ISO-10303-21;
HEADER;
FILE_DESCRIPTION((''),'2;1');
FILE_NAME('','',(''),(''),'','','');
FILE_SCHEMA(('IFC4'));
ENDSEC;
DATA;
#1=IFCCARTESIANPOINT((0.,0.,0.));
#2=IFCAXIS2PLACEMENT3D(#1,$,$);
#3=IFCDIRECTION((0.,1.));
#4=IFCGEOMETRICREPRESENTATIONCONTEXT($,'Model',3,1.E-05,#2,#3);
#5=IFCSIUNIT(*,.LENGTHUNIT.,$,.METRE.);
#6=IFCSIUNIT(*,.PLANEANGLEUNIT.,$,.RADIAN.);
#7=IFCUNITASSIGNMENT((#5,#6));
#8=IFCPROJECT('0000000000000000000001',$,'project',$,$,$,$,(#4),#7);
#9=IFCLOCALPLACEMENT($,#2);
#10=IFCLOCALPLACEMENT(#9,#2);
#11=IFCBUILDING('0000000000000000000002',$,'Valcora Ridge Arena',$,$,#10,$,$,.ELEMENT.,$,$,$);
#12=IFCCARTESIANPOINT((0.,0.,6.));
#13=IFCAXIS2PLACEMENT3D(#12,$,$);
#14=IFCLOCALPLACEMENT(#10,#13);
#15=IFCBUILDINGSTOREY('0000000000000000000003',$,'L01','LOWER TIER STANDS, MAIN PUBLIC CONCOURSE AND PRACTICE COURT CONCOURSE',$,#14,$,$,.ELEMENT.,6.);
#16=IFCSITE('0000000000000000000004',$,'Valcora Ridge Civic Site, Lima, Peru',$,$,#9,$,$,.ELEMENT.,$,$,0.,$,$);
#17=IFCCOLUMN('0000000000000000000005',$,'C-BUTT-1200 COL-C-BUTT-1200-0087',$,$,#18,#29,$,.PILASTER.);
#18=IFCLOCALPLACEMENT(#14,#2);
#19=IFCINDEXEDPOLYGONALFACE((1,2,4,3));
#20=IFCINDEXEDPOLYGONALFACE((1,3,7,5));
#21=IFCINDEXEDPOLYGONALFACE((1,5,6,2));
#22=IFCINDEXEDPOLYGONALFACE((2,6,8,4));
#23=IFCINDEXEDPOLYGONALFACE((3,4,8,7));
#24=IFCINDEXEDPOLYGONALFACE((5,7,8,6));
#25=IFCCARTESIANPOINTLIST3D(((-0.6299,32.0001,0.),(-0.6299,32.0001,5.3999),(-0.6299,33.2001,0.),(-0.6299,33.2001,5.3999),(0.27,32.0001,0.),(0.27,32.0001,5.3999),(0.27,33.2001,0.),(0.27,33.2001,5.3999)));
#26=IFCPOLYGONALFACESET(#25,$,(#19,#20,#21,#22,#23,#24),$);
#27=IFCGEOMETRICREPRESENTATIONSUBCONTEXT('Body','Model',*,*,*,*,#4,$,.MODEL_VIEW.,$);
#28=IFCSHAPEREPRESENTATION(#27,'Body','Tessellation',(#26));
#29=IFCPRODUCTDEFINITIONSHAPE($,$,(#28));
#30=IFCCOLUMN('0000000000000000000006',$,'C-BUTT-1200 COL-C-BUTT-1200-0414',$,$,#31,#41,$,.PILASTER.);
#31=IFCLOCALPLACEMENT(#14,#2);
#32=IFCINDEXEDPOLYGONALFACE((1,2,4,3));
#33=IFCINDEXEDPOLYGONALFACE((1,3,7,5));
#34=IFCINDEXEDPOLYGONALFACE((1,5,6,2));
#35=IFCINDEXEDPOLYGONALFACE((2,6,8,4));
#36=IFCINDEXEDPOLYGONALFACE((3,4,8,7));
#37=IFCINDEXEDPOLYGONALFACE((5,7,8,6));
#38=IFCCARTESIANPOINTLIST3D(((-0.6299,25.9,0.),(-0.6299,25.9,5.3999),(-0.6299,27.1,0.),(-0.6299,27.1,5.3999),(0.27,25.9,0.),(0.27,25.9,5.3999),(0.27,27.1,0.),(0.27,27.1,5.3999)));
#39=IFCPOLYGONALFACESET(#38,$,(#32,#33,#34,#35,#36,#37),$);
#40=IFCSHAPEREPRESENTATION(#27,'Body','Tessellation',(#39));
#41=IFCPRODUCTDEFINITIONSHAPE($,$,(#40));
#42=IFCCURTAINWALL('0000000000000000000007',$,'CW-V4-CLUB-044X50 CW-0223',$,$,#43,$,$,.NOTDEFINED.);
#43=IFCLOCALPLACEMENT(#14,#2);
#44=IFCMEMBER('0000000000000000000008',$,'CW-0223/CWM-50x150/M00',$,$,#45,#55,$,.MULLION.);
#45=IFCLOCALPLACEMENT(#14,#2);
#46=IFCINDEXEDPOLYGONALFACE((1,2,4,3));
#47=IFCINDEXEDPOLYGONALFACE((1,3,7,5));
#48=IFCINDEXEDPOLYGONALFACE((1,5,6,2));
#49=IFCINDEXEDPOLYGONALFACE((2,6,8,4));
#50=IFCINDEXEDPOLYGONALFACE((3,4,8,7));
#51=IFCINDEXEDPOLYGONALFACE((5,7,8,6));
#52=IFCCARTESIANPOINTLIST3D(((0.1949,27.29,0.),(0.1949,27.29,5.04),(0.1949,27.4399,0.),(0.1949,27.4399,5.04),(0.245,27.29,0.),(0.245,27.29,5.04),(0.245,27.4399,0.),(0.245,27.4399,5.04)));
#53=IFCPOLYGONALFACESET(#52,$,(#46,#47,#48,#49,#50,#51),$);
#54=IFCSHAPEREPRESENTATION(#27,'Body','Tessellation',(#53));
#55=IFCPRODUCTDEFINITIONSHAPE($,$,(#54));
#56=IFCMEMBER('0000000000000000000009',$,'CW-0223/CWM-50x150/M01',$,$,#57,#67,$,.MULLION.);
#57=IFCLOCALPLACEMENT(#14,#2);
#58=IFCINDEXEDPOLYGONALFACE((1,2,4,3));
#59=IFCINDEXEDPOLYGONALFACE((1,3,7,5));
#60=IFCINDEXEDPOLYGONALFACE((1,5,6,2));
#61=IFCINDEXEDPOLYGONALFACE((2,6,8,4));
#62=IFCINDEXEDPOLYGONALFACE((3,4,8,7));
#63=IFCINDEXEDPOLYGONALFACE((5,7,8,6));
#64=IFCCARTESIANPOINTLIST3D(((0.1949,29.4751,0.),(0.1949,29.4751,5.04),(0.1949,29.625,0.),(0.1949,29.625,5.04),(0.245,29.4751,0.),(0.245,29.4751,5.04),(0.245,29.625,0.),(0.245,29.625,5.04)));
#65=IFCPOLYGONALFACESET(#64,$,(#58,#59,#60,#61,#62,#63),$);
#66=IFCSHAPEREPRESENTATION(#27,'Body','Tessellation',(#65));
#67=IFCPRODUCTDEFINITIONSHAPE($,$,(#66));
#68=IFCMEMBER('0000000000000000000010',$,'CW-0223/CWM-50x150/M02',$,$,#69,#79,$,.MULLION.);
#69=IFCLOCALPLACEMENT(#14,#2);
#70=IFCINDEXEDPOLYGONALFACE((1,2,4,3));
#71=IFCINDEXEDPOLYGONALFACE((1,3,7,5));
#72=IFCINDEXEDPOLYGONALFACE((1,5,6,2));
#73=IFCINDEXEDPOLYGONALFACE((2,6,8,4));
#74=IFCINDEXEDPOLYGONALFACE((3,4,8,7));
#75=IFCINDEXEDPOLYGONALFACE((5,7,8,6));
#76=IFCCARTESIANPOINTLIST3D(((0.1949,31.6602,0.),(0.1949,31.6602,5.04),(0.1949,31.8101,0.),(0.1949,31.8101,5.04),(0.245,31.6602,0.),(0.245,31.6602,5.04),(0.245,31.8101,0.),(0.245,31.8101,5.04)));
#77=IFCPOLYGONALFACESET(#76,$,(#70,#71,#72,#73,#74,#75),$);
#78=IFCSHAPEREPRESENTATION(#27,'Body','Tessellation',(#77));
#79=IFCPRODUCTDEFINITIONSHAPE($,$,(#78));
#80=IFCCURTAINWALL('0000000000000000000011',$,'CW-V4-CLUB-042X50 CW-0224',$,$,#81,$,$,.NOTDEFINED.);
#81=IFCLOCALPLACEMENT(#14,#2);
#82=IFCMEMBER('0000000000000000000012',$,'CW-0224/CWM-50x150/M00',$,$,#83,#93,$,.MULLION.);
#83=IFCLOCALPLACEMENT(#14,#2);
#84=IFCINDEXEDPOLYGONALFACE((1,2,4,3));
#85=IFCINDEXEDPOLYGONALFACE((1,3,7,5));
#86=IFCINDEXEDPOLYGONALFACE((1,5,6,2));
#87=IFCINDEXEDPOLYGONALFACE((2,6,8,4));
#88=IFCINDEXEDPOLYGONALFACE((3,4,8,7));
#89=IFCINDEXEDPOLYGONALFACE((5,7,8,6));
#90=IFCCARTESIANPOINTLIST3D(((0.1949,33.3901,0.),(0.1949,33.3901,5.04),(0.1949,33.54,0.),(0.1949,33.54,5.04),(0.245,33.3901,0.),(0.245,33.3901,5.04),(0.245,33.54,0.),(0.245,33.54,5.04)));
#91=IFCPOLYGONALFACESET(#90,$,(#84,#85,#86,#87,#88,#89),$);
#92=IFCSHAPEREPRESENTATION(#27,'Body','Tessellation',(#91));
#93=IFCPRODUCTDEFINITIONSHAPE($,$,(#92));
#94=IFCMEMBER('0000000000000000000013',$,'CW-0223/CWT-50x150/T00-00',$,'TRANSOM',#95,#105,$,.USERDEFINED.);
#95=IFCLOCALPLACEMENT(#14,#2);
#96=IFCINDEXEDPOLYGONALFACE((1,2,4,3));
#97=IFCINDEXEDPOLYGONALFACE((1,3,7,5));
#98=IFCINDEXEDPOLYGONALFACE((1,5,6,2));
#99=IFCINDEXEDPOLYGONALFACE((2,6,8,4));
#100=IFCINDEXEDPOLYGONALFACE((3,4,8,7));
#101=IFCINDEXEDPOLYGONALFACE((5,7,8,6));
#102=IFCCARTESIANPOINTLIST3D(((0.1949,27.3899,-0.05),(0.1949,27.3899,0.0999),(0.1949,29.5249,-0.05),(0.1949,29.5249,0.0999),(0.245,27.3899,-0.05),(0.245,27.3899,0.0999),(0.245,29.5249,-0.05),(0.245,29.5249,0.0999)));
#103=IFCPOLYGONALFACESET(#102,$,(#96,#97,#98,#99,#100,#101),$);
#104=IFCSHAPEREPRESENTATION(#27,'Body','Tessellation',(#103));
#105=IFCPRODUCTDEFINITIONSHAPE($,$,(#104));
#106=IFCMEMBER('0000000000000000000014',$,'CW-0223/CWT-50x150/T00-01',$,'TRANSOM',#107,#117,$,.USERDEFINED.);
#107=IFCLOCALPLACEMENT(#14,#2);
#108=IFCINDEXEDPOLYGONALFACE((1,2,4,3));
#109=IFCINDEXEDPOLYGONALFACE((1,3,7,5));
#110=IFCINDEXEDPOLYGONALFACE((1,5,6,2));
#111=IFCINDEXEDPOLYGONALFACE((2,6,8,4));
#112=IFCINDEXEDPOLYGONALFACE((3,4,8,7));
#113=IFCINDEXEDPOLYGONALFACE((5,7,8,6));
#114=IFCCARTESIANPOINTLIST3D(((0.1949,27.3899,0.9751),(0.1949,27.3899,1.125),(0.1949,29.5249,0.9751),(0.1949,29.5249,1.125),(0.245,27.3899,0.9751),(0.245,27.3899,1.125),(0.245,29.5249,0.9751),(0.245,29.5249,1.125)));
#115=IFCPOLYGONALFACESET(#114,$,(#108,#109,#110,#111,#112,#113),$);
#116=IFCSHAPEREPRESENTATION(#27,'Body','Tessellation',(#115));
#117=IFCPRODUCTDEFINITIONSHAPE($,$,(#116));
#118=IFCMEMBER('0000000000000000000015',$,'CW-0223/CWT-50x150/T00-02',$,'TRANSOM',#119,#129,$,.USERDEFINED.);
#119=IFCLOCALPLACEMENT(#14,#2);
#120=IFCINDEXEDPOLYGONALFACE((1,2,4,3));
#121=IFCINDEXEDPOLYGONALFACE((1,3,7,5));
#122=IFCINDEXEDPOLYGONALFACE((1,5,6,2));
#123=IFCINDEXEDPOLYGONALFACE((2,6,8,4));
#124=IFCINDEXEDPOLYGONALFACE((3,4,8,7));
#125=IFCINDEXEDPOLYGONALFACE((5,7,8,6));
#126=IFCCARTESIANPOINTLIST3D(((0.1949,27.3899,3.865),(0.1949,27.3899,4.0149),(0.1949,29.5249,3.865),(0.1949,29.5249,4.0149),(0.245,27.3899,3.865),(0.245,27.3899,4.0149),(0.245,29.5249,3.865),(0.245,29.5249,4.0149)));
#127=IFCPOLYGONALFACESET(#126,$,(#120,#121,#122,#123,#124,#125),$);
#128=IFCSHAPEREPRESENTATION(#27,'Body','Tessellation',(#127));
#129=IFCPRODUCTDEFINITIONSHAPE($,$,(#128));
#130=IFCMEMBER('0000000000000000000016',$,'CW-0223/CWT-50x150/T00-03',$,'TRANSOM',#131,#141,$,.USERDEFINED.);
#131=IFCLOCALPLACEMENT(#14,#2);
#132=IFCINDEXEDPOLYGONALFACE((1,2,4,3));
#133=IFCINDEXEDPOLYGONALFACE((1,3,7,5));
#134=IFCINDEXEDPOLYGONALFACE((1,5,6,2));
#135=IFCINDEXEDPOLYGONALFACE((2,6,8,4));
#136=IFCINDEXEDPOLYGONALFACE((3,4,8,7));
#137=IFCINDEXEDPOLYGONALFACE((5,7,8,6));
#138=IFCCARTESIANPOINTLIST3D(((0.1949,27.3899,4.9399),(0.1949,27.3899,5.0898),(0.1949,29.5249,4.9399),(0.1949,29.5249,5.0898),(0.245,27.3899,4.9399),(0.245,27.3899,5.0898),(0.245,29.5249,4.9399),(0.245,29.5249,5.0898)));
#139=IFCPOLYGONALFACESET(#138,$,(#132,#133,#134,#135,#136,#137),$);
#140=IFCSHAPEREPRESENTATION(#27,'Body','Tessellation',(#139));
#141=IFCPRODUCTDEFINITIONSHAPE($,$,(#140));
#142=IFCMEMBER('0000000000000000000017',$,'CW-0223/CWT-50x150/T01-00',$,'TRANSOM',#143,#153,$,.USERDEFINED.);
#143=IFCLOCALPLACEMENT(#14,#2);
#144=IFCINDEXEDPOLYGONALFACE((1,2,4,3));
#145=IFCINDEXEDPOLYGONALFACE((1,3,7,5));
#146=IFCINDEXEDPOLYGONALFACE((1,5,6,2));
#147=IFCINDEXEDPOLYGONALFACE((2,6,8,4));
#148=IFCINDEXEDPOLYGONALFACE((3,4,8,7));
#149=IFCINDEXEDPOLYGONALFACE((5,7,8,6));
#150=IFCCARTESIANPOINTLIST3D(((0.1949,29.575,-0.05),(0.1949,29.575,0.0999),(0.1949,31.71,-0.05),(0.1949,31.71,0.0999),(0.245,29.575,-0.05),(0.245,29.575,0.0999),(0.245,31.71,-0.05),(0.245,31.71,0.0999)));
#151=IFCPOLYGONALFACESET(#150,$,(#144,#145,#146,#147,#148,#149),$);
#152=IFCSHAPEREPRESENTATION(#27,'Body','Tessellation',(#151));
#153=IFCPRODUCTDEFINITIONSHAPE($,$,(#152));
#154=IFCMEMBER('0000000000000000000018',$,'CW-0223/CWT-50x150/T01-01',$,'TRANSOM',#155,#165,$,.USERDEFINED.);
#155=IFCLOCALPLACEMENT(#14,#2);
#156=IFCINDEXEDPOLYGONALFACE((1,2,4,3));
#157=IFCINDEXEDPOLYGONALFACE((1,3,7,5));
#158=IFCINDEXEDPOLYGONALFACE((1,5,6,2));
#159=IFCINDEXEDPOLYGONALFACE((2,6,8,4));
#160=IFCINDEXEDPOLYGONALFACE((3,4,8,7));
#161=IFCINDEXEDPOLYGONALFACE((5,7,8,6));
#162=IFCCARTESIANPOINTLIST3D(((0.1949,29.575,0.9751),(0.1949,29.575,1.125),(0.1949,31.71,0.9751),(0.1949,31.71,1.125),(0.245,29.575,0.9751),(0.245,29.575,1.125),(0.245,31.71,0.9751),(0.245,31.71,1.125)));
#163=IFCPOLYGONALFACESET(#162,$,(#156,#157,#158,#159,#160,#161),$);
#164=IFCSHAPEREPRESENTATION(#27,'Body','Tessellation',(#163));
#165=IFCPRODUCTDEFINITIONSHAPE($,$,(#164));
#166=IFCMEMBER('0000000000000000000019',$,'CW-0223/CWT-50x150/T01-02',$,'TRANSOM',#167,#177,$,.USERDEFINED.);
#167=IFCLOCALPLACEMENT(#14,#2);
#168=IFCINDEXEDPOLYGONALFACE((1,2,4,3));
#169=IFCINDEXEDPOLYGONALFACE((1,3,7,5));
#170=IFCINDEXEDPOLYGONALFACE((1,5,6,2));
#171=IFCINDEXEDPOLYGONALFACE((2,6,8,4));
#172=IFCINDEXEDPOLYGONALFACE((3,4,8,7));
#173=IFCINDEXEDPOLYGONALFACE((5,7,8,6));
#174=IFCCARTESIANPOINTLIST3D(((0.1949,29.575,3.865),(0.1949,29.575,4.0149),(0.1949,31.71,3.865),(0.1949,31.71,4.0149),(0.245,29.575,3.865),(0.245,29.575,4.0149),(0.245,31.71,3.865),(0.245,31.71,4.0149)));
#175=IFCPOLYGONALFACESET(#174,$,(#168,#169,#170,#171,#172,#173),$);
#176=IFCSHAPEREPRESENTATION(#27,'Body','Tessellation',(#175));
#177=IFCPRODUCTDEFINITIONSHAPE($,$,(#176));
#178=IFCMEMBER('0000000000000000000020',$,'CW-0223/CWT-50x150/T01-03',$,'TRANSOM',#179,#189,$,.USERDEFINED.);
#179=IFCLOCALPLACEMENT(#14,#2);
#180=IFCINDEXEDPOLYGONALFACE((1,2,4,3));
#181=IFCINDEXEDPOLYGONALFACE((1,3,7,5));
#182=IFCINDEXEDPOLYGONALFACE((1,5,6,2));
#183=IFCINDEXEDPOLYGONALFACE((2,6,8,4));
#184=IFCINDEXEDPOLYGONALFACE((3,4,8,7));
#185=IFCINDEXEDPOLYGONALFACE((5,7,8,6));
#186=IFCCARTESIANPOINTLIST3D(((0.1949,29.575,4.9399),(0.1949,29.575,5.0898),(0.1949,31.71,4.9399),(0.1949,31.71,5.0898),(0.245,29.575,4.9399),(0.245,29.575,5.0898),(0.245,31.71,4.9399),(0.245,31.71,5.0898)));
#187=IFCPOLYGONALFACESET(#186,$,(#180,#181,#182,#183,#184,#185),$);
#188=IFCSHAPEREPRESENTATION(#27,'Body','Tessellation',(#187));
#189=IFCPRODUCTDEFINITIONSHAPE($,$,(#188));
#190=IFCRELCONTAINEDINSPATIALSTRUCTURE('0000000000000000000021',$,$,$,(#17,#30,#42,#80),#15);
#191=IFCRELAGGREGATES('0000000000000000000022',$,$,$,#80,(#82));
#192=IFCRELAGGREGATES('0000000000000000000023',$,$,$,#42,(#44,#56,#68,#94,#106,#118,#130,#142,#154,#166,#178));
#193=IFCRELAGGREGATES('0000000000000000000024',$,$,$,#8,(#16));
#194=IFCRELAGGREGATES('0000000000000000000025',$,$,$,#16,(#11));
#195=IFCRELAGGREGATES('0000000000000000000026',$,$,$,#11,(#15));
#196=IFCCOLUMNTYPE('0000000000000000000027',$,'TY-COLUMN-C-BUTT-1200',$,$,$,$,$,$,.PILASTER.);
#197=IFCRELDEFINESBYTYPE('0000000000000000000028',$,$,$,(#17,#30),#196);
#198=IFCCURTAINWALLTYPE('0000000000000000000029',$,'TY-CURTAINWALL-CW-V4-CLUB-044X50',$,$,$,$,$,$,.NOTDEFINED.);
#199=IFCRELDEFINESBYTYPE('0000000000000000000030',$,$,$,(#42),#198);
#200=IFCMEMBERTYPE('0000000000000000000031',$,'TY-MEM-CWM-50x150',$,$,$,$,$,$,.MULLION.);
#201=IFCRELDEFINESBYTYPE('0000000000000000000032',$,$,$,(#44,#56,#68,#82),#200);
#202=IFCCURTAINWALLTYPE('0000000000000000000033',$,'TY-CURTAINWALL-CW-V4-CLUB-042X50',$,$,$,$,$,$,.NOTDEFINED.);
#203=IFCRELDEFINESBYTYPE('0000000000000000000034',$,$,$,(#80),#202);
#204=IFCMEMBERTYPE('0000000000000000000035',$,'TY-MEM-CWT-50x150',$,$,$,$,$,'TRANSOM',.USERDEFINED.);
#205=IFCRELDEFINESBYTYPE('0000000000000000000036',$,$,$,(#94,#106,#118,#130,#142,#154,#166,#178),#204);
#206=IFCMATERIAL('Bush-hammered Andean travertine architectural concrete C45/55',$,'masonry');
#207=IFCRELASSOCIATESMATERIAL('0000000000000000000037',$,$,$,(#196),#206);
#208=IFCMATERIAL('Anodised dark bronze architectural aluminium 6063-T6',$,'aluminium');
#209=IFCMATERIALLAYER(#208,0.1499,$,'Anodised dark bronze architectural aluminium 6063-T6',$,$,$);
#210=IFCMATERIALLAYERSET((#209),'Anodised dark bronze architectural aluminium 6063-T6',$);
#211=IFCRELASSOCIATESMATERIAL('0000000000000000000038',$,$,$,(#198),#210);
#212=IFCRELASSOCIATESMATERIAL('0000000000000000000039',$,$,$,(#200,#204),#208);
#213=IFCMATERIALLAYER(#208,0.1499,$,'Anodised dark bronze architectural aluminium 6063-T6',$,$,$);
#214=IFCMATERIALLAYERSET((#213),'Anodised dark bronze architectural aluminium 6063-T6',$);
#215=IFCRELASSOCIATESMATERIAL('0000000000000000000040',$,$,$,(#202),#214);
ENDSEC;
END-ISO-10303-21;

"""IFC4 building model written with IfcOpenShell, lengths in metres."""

from ifc_helpers import new_model, si_unit, direction, frame, origin, origin_2d, place, context, subcontext, project, spatial, rectangle, extrude, material, layer, layer_set, material_profile, profile_set, type_object, element, aggregate, save


model = new_model("IFC4")

# Units and contexts
model_context = context("Model", 3, precision=1e-05, world=origin(), true_north=direction((0.0, 1.0)))
body_context = subcontext(model_context, "Body", "Model", "MODEL_VIEW")
ifc_project = project(units=[si_unit("LENGTHUNIT", "METRE"), si_unit("PLANEANGLEUNIT", "RADIAN")], contexts=[model_context])

# Site, building, storey
site_placement = place(None, origin())
site = spatial("IfcSite", under=ifc_project, at=site_placement, Name="Valcora Ridge Civic Site, Lima, Peru", CompositionType="ELEMENT", RefElevation=0.0)
building_placement = place(site_placement, origin())
building = spatial("IfcBuilding", under=site, at=building_placement, Name="Valcora Ridge Arena", CompositionType="ELEMENT")
storey_placement = place(building_placement, frame((0.0, 0.0, 6.0)))
storey = spatial("IfcBuildingStorey", under=building, at=storey_placement, Name="L01", Description="LOWER TIER STANDS, MAIN PUBLIC CONCOURSE AND PRACTICE COURT CONCOURSE", CompositionType="ELEMENT", Elevation=6.0)

# Columns
ifc_material_1 = material(Name="Bush-hammered Andean travertine architectural concrete C45/55", Category="masonry")
ifc_material_profile_1 = material_profile(ifc_material_1, rectangle(XDim=0.8999, YDim=1.2, at=origin_2d()), Name="RC 900x1200")
ifc_profile_set_1 = profile_set([ifc_material_profile_1], Name="Bush-hammered Andean travertine architectural concrete C45/55")
column_type = type_object("IfcColumnType", Name="TY-COLUMN-C-BUTT-1200", PredefinedType="PILASTER", material=ifc_profile_set_1)
for number, where, z_axis, x_axis, name in (
    (1, (-0.1799, 32.6001, 0.0), (0.0, 0.0, 1.0), (1.0, 0.0, 0.0), "C-BUTT-1200 COL-C-BUTT-1200-0087"),
    (2, (-0.1799, 26.5, 0.0), (0.0, 0.0, 1.0), (1.0, 0.0, 0.0), "C-BUTT-1200 COL-C-BUTT-1200-0414"),
):
    element("IfcColumn", number, at=place(storey_placement, frame(where, z_axis=z_axis, x_axis=x_axis)), inside=storey, type_object=column_type, Name=name, PredefinedType="PILASTER", context=body_context, shape_type="SweptSolid", body=[
        extrude(rectangle(XDim=0.8999, YDim=1.2, at=origin_2d()), origin(), (0.0, 0.0, 1.0), 5.3999),
    ])

# Curtain wall, members
ifc_material_2 = material(Name="Anodised dark bronze architectural aluminium 6063-T6", Category="aluminium")
ifc_layer_1 = layer(ifc_material_2, 0.1499, Name="Anodised dark bronze architectural aluminium 6063-T6")
ifc_layer_set_1 = layer_set([ifc_layer_1], Name="Anodised dark bronze architectural aluminium 6063-T6")
curtain_wall_type_1 = type_object("IfcCurtainWallType", Name="TY-CURTAINWALL-CW-V4-CLUB-044X50", PredefinedType="NOTDEFINED", material=ifc_layer_set_1)
curtain_wall_1_placement = place(storey_placement, origin())
curtain_wall_1 = element("IfcCurtainWall", 3, at=curtain_wall_1_placement, inside=storey, type_object=curtain_wall_type_1, Name="CW-V4-CLUB-044X50 CW-0223", PredefinedType="NOTDEFINED")
ifc_material_profile_2 = material_profile(ifc_material_2, rectangle(XDim=0.05, YDim=0.1499, at=origin_2d()), Name="ALU MULLION 50x150")
ifc_profile_set_2 = profile_set([ifc_material_profile_2], Name="Anodised dark bronze architectural aluminium 6063-T6")
member_type_1 = type_object("IfcMemberType", Name="TY-MEM-CWM-50x150", PredefinedType="MULLION", material=ifc_profile_set_2)
member_1_placement = place(storey_placement, frame((0.22, 27.365, 0.0), z_axis=(0.0, 0.0, 1.0), x_axis=(-1.0, 0.0, 0.0)))
member_1 = element("IfcMember", 4, at=member_1_placement, type_object=member_type_1, Name="CW-0223/CWM-50x150/M00", PredefinedType="MULLION", context=body_context, shape_type="SweptSolid", body=[
    extrude(rectangle(XDim=0.05, YDim=0.1499, at=origin_2d()), origin(), (0.0, 0.0, 1.0), 5.04),
])
member_2_placement = place(storey_placement, frame((0.22, 29.55, 0.0), z_axis=(0.0, 0.0, 1.0), x_axis=(-1.0, 0.0, 0.0)))
member_2 = element("IfcMember", 5, at=member_2_placement, type_object=member_type_1, Name="CW-0223/CWM-50x150/M01", PredefinedType="MULLION", context=body_context, shape_type="SweptSolid", body=[
    extrude(rectangle(XDim=0.05, YDim=0.1499, at=origin_2d()), origin(), (0.0, 0.0, 1.0), 5.04),
])
member_3_placement = place(storey_placement, frame((0.22, 31.7351, 0.0), z_axis=(0.0, 0.0, 1.0), x_axis=(-1.0, 0.0, 0.0)))
member_3 = element("IfcMember", 6, at=member_3_placement, type_object=member_type_1, Name="CW-0223/CWM-50x150/M02", PredefinedType="MULLION", context=body_context, shape_type="SweptSolid", body=[
    extrude(rectangle(XDim=0.05, YDim=0.1499, at=origin_2d()), origin(), (0.0, 0.0, 1.0), 5.04),
])

# Curtain wall, member
ifc_layer_2 = layer(ifc_material_2, 0.1499, Name="Anodised dark bronze architectural aluminium 6063-T6")
ifc_layer_set_2 = layer_set([ifc_layer_2], Name="Anodised dark bronze architectural aluminium 6063-T6")
curtain_wall_type_2 = type_object("IfcCurtainWallType", Name="TY-CURTAINWALL-CW-V4-CLUB-042X50", PredefinedType="NOTDEFINED", material=ifc_layer_set_2)
curtain_wall_2_placement = place(storey_placement, origin())
curtain_wall_2 = element("IfcCurtainWall", 7, at=curtain_wall_2_placement, inside=storey, type_object=curtain_wall_type_2, Name="CW-V4-CLUB-042X50 CW-0224", PredefinedType="NOTDEFINED")
member_4_placement = place(storey_placement, frame((0.22, 33.4651, 0.0), z_axis=(0.0, 0.0, 1.0), x_axis=(-1.0, 0.0, 0.0)))
member_4 = element("IfcMember", 8, at=member_4_placement, type_object=member_type_1, Name="CW-0224/CWM-50x150/M00", PredefinedType="MULLION", context=body_context, shape_type="SweptSolid", body=[
    extrude(rectangle(XDim=0.05, YDim=0.1499, at=origin_2d()), origin(), (0.0, 0.0, 1.0), 5.04),
])
aggregate(curtain_wall_2, [member_4])

# Members
ifc_material_profile_3 = material_profile(ifc_material_2, rectangle(XDim=0.05, YDim=0.1499, at=origin_2d()), Name="ALU TRANSOM 50x150")
ifc_profile_set_3 = profile_set([ifc_material_profile_3], Name="Anodised dark bronze architectural aluminium 6063-T6")
member_type_2 = type_object("IfcMemberType", Name="TY-MEM-CWT-50x150", ElementType="TRANSOM", PredefinedType="USERDEFINED", material=ifc_profile_set_3)
member_5_placement = place(storey_placement, frame((0.22, 27.3899, 0.0249), z_axis=(0.0, 1.0, 0.0), x_axis=(-1.0, 0.0, 0.0)))
member_5 = element("IfcMember", 9, at=member_5_placement, type_object=member_type_2, Name="CW-0223/CWT-50x150/T00-00", ObjectType="TRANSOM", PredefinedType="USERDEFINED", context=body_context, shape_type="SweptSolid", body=[
    extrude(rectangle(XDim=0.05, YDim=0.1499, at=origin_2d()), origin(), (0.0, 0.0, 1.0), 2.135),
])
member_6_placement = place(storey_placement, frame((0.22, 27.3899, 1.05), z_axis=(0.0, 1.0, 0.0), x_axis=(-1.0, 0.0, 0.0)))
member_6 = element("IfcMember", 10, at=member_6_placement, type_object=member_type_2, Name="CW-0223/CWT-50x150/T00-01", ObjectType="TRANSOM", PredefinedType="USERDEFINED", context=body_context, shape_type="SweptSolid", body=[
    extrude(rectangle(XDim=0.05, YDim=0.1499, at=origin_2d()), origin(), (0.0, 0.0, 1.0), 2.135),
])
member_7_placement = place(storey_placement, frame((0.22, 27.3899, 3.9399), z_axis=(0.0, 1.0, 0.0), x_axis=(-1.0, 0.0, 0.0)))
member_7 = element("IfcMember", 11, at=member_7_placement, type_object=member_type_2, Name="CW-0223/CWT-50x150/T00-02", ObjectType="TRANSOM", PredefinedType="USERDEFINED", context=body_context, shape_type="SweptSolid", body=[
    extrude(rectangle(XDim=0.05, YDim=0.1499, at=origin_2d()), origin(), (0.0, 0.0, 1.0), 2.135),
])
member_8_placement = place(storey_placement, frame((0.22, 27.3899, 5.0149), z_axis=(0.0, 1.0, 0.0), x_axis=(-1.0, 0.0, 0.0)))
member_8 = element("IfcMember", 12, at=member_8_placement, type_object=member_type_2, Name="CW-0223/CWT-50x150/T00-03", ObjectType="TRANSOM", PredefinedType="USERDEFINED", context=body_context, shape_type="SweptSolid", body=[
    extrude(rectangle(XDim=0.05, YDim=0.1499, at=origin_2d()), origin(), (0.0, 0.0, 1.0), 2.135),
])
member_9_placement = place(storey_placement, frame((0.22, 29.575, 0.0249), z_axis=(0.0, 1.0, 0.0), x_axis=(-1.0, 0.0, 0.0)))
member_9 = element("IfcMember", 13, at=member_9_placement, type_object=member_type_2, Name="CW-0223/CWT-50x150/T01-00", ObjectType="TRANSOM", PredefinedType="USERDEFINED", context=body_context, shape_type="SweptSolid", body=[
    extrude(rectangle(XDim=0.05, YDim=0.1499, at=origin_2d()), origin(), (0.0, 0.0, 1.0), 2.135),
])
member_10_placement = place(storey_placement, frame((0.22, 29.575, 1.05), z_axis=(0.0, 1.0, 0.0), x_axis=(-1.0, 0.0, 0.0)))
member_10 = element("IfcMember", 14, at=member_10_placement, type_object=member_type_2, Name="CW-0223/CWT-50x150/T01-01", ObjectType="TRANSOM", PredefinedType="USERDEFINED", context=body_context, shape_type="SweptSolid", body=[
    extrude(rectangle(XDim=0.05, YDim=0.1499, at=origin_2d()), origin(), (0.0, 0.0, 1.0), 2.135),
])
member_11_placement = place(storey_placement, frame((0.22, 29.575, 3.9399), z_axis=(0.0, 1.0, 0.0), x_axis=(-1.0, 0.0, 0.0)))
member_11 = element("IfcMember", 15, at=member_11_placement, type_object=member_type_2, Name="CW-0223/CWT-50x150/T01-02", ObjectType="TRANSOM", PredefinedType="USERDEFINED", context=body_context, shape_type="SweptSolid", body=[
    extrude(rectangle(XDim=0.05, YDim=0.1499, at=origin_2d()), origin(), (0.0, 0.0, 1.0), 2.135),
])
member_12_placement = place(storey_placement, frame((0.22, 29.575, 5.0149), z_axis=(0.0, 1.0, 0.0), x_axis=(-1.0, 0.0, 0.0)))
member_12 = element("IfcMember", 16, at=member_12_placement, type_object=member_type_2, Name="CW-0223/CWT-50x150/T01-03", ObjectType="TRANSOM", PredefinedType="USERDEFINED", context=body_context, shape_type="SweptSolid", body=[
    extrude(rectangle(XDim=0.05, YDim=0.1499, at=origin_2d()), origin(), (0.0, 0.0, 1.0), 2.135),
])

aggregate(curtain_wall_1, [member_1, member_2, member_3, member_5, member_6, member_7, member_8, member_9, member_10, member_11, member_12])

save(model, "model.ifc")
